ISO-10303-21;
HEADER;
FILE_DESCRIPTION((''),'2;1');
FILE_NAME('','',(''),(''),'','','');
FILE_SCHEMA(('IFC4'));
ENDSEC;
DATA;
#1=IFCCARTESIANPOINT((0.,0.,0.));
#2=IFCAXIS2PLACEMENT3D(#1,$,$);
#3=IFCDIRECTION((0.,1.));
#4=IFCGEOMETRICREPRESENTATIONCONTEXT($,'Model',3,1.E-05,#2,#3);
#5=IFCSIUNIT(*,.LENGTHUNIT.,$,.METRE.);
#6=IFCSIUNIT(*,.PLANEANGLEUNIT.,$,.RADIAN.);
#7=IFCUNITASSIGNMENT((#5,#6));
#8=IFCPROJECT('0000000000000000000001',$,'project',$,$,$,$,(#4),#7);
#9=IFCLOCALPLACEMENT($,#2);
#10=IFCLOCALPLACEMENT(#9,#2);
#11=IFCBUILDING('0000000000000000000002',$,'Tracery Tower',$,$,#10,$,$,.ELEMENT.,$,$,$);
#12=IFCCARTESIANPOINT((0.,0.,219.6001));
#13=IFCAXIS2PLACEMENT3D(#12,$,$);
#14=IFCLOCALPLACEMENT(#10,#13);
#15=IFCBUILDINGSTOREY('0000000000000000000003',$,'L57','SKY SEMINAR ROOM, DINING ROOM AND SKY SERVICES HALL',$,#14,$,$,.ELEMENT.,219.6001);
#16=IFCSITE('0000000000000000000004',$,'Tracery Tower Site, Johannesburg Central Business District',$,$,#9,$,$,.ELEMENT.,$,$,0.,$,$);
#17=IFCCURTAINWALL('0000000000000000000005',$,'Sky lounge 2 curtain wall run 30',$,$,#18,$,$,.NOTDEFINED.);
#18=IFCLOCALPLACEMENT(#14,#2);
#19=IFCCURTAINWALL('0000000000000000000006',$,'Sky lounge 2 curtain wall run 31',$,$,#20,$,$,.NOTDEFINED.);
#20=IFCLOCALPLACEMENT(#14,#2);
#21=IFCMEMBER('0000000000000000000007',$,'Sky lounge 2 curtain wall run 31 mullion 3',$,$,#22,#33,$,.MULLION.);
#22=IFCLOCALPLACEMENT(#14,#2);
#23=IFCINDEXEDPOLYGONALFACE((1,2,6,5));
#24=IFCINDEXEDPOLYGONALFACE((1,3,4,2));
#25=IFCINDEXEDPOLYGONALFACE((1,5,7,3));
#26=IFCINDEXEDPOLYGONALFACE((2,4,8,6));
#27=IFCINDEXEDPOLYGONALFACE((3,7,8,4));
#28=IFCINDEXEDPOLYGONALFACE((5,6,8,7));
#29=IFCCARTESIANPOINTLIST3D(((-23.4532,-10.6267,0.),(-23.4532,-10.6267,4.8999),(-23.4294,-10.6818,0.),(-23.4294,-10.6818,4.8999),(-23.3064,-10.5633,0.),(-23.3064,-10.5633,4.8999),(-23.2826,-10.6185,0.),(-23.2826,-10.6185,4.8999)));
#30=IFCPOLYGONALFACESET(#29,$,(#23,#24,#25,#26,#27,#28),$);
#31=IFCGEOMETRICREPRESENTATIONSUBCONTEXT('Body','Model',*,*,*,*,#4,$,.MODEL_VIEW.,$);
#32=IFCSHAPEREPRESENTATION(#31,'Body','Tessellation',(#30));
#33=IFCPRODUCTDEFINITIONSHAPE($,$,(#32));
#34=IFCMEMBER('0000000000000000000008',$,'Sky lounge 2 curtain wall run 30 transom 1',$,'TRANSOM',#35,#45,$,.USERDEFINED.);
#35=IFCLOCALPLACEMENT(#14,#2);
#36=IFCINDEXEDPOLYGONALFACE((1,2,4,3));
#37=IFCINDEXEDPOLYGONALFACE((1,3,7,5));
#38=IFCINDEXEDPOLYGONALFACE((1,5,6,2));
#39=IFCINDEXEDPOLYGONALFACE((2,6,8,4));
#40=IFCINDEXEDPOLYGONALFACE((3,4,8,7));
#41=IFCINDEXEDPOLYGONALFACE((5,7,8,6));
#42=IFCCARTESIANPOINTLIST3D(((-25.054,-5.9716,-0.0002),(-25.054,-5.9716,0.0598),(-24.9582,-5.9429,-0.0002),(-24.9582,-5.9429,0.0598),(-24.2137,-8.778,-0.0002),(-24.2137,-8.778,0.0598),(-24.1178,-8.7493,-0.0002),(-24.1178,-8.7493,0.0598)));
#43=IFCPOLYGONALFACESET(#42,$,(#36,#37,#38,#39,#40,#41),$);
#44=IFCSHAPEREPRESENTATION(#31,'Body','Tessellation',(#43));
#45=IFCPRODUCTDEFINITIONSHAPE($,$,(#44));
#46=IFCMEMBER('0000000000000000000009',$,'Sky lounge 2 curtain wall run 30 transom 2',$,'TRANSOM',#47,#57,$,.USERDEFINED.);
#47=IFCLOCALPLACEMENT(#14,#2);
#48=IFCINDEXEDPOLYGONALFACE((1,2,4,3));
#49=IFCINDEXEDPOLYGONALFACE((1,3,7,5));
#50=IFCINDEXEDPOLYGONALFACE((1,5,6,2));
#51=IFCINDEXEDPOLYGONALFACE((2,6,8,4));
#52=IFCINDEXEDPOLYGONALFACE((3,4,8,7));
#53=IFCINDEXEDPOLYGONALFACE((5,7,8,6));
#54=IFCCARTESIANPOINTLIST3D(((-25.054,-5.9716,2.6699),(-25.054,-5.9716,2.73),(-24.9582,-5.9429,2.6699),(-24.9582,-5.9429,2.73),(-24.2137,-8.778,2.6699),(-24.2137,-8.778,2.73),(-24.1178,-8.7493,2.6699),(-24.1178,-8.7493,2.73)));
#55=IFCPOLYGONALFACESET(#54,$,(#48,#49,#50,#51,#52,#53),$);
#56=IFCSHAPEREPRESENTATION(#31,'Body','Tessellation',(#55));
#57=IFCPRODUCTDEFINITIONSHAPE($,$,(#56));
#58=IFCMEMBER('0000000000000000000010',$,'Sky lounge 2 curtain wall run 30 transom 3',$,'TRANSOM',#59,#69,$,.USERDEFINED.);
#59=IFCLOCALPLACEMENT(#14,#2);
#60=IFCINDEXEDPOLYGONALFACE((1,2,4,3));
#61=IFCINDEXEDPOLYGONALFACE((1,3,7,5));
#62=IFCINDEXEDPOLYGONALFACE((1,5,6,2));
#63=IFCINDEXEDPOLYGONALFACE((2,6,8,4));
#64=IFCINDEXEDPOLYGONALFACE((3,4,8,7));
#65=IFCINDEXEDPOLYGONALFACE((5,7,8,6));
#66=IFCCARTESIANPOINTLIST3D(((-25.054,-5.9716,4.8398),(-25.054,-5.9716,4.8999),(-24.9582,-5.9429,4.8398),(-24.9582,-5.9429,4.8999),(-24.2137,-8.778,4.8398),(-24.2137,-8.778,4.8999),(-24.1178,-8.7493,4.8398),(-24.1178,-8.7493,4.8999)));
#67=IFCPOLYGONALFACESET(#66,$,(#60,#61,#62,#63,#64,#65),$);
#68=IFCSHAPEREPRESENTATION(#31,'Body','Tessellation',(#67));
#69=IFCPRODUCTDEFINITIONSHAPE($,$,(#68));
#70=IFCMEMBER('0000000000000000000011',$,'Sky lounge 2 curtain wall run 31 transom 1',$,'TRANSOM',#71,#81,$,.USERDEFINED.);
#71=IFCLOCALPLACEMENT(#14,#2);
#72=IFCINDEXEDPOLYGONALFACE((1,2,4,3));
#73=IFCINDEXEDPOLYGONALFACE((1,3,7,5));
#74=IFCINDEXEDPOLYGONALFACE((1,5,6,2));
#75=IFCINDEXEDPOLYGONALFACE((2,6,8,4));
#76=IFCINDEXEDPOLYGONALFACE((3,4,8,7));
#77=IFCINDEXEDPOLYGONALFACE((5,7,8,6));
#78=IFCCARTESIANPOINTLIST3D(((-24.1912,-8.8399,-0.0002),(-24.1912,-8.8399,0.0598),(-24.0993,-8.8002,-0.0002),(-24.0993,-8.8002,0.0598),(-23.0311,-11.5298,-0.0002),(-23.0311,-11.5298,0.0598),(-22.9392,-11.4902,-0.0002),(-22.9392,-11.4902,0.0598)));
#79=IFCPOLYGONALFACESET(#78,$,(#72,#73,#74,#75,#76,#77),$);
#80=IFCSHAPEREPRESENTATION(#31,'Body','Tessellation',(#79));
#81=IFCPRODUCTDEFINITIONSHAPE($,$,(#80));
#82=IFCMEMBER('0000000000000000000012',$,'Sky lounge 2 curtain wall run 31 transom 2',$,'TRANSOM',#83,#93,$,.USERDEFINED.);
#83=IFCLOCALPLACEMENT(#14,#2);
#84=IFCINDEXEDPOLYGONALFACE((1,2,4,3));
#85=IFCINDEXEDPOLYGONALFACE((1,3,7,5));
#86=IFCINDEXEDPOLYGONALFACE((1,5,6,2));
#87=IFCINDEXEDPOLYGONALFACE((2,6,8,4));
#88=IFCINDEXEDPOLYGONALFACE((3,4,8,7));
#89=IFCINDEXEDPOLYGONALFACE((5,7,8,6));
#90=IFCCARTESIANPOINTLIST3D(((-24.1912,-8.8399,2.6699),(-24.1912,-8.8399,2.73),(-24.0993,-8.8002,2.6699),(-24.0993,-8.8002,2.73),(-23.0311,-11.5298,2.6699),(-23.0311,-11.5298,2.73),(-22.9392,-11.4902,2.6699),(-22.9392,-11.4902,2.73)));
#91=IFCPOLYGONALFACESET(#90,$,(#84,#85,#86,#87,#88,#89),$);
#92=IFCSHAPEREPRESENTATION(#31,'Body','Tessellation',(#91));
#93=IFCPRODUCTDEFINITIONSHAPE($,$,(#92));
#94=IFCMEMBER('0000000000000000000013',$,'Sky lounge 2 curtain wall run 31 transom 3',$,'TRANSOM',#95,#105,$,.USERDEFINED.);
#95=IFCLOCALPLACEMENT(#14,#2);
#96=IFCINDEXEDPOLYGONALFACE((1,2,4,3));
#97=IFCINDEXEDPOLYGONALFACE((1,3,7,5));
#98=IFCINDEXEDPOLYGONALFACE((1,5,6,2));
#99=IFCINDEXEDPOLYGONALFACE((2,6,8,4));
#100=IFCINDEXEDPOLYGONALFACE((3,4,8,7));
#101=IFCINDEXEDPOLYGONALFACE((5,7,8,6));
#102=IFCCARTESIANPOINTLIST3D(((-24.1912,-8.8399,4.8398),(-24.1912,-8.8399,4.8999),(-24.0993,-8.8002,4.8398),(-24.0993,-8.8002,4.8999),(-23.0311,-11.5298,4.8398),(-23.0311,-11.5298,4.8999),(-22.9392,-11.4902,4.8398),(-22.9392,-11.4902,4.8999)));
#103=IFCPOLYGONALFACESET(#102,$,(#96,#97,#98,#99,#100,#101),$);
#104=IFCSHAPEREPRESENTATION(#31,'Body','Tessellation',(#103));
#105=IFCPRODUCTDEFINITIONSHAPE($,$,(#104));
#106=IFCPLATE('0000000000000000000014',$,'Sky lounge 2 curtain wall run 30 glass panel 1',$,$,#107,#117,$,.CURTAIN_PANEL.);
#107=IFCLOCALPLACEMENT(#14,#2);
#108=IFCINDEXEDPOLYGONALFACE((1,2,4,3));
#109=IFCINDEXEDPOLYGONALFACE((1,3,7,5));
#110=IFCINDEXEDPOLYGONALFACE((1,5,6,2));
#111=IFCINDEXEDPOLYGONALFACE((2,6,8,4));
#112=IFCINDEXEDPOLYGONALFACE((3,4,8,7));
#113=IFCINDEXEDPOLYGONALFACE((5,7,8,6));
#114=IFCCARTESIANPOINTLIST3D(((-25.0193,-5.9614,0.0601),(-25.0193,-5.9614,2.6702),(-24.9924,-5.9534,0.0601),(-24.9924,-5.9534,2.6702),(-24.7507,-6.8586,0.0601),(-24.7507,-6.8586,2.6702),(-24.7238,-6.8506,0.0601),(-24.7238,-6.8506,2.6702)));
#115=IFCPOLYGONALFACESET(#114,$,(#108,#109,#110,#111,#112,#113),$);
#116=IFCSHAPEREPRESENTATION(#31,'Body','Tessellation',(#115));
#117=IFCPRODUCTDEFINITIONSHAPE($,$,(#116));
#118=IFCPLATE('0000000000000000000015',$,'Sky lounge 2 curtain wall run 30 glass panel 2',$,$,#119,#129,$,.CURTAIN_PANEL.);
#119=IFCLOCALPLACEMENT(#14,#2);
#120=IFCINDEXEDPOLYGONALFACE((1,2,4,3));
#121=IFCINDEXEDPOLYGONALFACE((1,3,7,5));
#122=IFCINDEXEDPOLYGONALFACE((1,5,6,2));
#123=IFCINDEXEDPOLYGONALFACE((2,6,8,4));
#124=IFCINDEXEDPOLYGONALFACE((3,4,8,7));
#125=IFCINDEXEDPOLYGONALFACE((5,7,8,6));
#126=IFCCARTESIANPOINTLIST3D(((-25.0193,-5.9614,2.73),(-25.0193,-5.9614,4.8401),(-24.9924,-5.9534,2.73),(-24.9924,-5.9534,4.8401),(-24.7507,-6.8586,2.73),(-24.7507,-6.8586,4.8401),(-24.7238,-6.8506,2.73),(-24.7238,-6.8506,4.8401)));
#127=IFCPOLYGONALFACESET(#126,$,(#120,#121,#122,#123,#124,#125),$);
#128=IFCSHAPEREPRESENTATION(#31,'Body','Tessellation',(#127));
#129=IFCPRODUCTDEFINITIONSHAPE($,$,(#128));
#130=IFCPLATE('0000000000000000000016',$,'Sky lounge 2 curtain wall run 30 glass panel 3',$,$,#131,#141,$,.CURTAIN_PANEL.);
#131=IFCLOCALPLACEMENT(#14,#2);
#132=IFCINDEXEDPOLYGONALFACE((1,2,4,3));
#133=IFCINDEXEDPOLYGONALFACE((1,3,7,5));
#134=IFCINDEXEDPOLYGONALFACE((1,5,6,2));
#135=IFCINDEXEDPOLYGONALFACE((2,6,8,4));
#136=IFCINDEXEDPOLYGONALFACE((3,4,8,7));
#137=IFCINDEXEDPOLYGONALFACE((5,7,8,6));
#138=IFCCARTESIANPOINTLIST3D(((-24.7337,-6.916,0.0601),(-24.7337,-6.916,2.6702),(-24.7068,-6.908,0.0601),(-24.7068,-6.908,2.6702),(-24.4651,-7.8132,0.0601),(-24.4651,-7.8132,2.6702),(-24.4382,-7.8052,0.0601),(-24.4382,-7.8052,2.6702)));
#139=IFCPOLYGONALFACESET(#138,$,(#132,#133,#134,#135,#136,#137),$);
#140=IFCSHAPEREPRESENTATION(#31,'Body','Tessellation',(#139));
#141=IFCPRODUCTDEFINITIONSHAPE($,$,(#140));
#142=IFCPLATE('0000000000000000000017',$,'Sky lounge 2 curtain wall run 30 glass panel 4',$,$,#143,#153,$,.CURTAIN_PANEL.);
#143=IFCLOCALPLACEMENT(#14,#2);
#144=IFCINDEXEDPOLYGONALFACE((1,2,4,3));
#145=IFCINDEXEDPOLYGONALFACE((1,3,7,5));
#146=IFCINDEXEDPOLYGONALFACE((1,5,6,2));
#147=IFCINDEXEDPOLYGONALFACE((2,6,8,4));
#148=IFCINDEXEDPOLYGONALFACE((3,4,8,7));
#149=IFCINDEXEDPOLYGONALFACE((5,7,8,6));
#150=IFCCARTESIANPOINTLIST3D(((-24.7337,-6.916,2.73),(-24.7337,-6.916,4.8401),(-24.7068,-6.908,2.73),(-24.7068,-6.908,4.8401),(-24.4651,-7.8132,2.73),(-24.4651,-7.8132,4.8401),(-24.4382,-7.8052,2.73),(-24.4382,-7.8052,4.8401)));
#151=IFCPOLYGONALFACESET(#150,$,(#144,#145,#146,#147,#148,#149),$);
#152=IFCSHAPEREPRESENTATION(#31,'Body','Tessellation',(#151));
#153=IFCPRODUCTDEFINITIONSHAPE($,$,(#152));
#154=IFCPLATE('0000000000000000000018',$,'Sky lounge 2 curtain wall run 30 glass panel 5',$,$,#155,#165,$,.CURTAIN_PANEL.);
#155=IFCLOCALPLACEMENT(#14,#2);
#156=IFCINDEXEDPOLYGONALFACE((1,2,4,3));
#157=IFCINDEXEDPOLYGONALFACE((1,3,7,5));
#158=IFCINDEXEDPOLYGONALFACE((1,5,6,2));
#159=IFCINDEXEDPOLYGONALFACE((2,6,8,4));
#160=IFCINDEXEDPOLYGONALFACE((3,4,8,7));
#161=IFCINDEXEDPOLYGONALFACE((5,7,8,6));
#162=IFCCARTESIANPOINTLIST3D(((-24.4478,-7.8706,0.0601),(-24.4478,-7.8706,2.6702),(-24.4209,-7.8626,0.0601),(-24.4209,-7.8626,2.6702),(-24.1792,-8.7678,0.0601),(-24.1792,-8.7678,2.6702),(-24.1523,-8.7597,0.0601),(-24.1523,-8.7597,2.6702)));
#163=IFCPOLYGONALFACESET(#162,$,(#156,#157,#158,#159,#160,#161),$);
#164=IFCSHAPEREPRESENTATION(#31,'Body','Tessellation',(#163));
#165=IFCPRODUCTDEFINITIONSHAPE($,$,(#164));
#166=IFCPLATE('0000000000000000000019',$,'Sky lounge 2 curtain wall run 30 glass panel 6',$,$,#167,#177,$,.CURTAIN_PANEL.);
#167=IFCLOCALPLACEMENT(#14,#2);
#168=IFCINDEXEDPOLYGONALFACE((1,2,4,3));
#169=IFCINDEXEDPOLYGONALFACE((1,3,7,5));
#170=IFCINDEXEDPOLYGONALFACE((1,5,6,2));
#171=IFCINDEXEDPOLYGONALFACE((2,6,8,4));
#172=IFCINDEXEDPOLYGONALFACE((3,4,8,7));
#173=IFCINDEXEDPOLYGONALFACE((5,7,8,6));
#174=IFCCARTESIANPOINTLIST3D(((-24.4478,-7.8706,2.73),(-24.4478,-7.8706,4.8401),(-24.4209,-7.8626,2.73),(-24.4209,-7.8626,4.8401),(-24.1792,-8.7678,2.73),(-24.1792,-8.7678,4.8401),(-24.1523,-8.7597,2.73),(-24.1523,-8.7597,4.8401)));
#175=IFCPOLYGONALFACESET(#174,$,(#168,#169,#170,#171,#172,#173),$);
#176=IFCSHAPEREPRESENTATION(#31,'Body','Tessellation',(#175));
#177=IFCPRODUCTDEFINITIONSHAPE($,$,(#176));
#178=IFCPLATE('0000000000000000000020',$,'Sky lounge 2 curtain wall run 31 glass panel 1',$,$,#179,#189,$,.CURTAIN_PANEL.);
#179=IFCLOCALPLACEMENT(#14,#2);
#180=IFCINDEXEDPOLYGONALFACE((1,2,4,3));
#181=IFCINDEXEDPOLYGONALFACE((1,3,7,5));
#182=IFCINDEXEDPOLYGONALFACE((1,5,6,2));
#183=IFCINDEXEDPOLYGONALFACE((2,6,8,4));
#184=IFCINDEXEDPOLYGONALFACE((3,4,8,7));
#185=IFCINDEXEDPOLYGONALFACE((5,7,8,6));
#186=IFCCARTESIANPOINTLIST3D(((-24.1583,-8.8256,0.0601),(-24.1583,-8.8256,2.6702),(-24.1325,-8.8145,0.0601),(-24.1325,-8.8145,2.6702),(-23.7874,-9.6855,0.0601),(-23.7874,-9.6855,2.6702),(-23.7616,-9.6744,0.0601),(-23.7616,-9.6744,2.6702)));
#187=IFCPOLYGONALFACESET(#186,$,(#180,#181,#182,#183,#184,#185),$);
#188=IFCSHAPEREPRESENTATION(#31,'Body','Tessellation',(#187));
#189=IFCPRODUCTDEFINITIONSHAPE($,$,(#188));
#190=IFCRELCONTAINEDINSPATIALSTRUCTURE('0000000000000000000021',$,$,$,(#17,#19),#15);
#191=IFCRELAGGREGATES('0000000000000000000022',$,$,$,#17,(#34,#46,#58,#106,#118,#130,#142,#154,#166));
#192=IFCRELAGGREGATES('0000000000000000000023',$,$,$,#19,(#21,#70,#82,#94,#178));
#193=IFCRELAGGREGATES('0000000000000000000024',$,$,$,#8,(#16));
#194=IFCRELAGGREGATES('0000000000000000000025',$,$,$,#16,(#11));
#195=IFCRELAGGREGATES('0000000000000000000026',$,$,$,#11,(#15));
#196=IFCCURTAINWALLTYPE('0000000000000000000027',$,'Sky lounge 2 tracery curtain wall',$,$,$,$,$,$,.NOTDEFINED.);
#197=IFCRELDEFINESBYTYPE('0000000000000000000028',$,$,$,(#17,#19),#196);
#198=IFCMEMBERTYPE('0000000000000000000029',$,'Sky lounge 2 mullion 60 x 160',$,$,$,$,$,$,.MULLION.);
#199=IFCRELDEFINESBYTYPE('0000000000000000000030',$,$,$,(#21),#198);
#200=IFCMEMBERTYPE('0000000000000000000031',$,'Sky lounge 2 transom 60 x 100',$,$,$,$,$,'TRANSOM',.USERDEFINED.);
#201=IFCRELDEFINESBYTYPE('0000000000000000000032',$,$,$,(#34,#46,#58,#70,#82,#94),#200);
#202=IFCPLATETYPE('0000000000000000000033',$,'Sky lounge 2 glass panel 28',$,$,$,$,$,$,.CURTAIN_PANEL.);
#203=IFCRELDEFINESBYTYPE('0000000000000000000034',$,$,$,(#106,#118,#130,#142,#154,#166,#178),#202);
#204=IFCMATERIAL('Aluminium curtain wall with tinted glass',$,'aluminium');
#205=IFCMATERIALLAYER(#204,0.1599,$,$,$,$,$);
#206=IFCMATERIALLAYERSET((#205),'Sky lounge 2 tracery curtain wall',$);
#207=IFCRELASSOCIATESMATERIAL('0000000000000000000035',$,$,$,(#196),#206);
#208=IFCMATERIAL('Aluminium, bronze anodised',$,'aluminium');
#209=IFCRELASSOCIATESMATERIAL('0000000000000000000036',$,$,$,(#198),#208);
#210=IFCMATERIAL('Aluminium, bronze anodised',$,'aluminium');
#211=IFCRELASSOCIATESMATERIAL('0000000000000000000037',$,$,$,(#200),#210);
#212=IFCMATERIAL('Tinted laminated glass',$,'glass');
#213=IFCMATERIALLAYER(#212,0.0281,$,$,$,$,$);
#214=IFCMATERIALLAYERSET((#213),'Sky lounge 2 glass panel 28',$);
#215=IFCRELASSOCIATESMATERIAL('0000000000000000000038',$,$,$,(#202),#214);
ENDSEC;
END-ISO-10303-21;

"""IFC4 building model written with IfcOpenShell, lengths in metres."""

from ifc_helpers import new_model, si_unit, direction, frame, origin, origin_2d, place, context, subcontext, project, spatial, rectangle, extrude, material, layer, layer_set, material_profile, profile_set, type_object, element, aggregate, save


model = new_model("IFC4")

# Units and contexts
model_context = context("Model", 3, precision=1e-05, world=origin(), true_north=direction((0.0, 1.0)))
body_context = subcontext(model_context, "Body", "Model", "MODEL_VIEW")
ifc_project = project(units=[si_unit("LENGTHUNIT", "METRE"), si_unit("PLANEANGLEUNIT", "RADIAN")], contexts=[model_context])

# Site, building, storey
site_placement = place(None, origin())
site = spatial("IfcSite", under=ifc_project, at=site_placement, Name="Tracery Tower Site, Johannesburg Central Business District", CompositionType="ELEMENT", RefElevation=0.0)
building_placement = place(site_placement, origin())
building = spatial("IfcBuilding", under=site, at=building_placement, Name="Tracery Tower", CompositionType="ELEMENT")
storey_placement = place(building_placement, frame((0.0, 0.0, 219.6001)))
storey = spatial("IfcBuildingStorey", under=building, at=storey_placement, Name="L57", Description="SKY SEMINAR ROOM, DINING ROOM AND SKY SERVICES HALL", CompositionType="ELEMENT", Elevation=219.6001)

# Curtain walls, member
ifc_material_1 = material(Name="Aluminium curtain wall with tinted glass", Category="aluminium")
ifc_layer_1 = layer(ifc_material_1, 0.1599)
ifc_layer_set_1 = layer_set([ifc_layer_1], Name="Sky lounge 2 tracery curtain wall")
curtain_wall_type = type_object("IfcCurtainWallType", Name="Sky lounge 2 tracery curtain wall", PredefinedType="NOTDEFINED", material=ifc_layer_set_1)
curtain_wall_1_placement = place(storey_placement, origin())
curtain_wall_1 = element("IfcCurtainWall", 1, at=curtain_wall_1_placement, inside=storey, type_object=curtain_wall_type, Name="Sky lounge 2 curtain wall run 30", PredefinedType="NOTDEFINED")
ifc_material_2 = material(Name="Aluminium, bronze anodised", Category="aluminium")
ifc_material_profile_1 = material_profile(ifc_material_2, rectangle(XDim=0.1599, YDim=0.0601, at=origin_2d()), Name="AL 60x160")
ifc_profile_set_1 = profile_set([ifc_material_profile_1], Name="Aluminium, bronze anodised")
member_type_1 = type_object("IfcMemberType", Name="Sky lounge 2 mullion 60 x 160", PredefinedType="MULLION", material=ifc_profile_set_1)
curtain_wall_2_placement = place(storey_placement, origin())
curtain_wall_2 = element("IfcCurtainWall", 2, at=curtain_wall_2_placement, inside=storey, type_object=curtain_wall_type, Name="Sky lounge 2 curtain wall run 31", PredefinedType="NOTDEFINED")
member_1_placement = place(storey_placement, frame((-23.3679, -10.6226, 0.0), z_axis=(0.0, 0.0, 1.0), x_axis=(0.918216, 0.39608, 0.0)))
member_1 = element("IfcMember", 3, at=member_1_placement, type_object=member_type_1, Name="Sky lounge 2 curtain wall run 31 mullion 3", PredefinedType="MULLION", context=body_context, shape_type="SweptSolid", body=[
    extrude(rectangle(XDim=0.1599, YDim=0.0601, at=origin_2d()), origin(), (0.0, 0.0, 1.0), 4.8999),
])

# Members
ifc_material_3 = material(Name="Aluminium, bronze anodised", Category="aluminium")
ifc_material_profile_2 = material_profile(ifc_material_3, rectangle(XDim=0.1001, YDim=0.0601, at=origin_2d()), Name="AL 60x100")
ifc_profile_set_2 = profile_set([ifc_material_profile_2], Name="Aluminium, bronze anodised")
member_type_2 = type_object("IfcMemberType", Name="Sky lounge 2 transom 60 x 100", ElementType="TRANSOM", PredefinedType="USERDEFINED", material=ifc_profile_set_2)
member_2_placement = place(storey_placement, frame((-25.0061, -5.9573, 0.0298), z_axis=(0.286851, -0.957975, 0.0), x_axis=(0.957975, 0.286851, 0.0)))
member_2 = element("IfcMember", 4, at=member_2_placement, type_object=member_type_2, Name="Sky lounge 2 curtain wall run 30 transom 1", ObjectType="TRANSOM", PredefinedType="USERDEFINED", context=body_context, shape_type="SweptSolid", body=[
    extrude(rectangle(XDim=0.1001, YDim=0.0601, at=origin_2d()), origin(), (0.0, 0.0, 1.0), 2.9294),
])
member_3_placement = place(storey_placement, frame((-25.0061, -5.9573, 2.7), z_axis=(0.286851, -0.957975, 0.0), x_axis=(0.957975, 0.286851, 0.0)))
member_3 = element("IfcMember", 5, at=member_3_placement, type_object=member_type_2, Name="Sky lounge 2 curtain wall run 30 transom 2", ObjectType="TRANSOM", PredefinedType="USERDEFINED", context=body_context, shape_type="SweptSolid", body=[
    extrude(rectangle(XDim=0.1001, YDim=0.0601, at=origin_2d()), origin(), (0.0, 0.0, 1.0), 2.9294),
])
member_4_placement = place(storey_placement, frame((-25.0061, -5.9573, 4.8699), z_axis=(0.286851, -0.957975, 0.0), x_axis=(0.957975, 0.286851, 0.0)))
member_4 = element("IfcMember", 6, at=member_4_placement, type_object=member_type_2, Name="Sky lounge 2 curtain wall run 30 transom 3", ObjectType="TRANSOM", PredefinedType="USERDEFINED", context=body_context, shape_type="SweptSolid", body=[
    extrude(rectangle(XDim=0.1001, YDim=0.0601, at=origin_2d()), origin(), (0.0, 0.0, 1.0), 2.9294),
])
member_5_placement = place(storey_placement, frame((-24.1453, -8.8201, 0.0298), z_axis=(0.39603, -0.918237, 0.0), x_axis=(0.918237, 0.39603, 0.0)))
member_5 = element("IfcMember", 7, at=member_5_placement, type_object=member_type_2, Name="Sky lounge 2 curtain wall run 31 transom 1", ObjectType="TRANSOM", PredefinedType="USERDEFINED", context=body_context, shape_type="SweptSolid", body=[
    extrude(rectangle(XDim=0.1001, YDim=0.0601, at=origin_2d()), origin(), (0.0, 0.0, 1.0), 2.9294),
])
member_6_placement = place(storey_placement, frame((-24.1453, -8.8201, 2.7), z_axis=(0.39603, -0.918237, 0.0), x_axis=(0.918237, 0.39603, 0.0)))
member_6 = element("IfcMember", 8, at=member_6_placement, type_object=member_type_2, Name="Sky lounge 2 curtain wall run 31 transom 2", ObjectType="TRANSOM", PredefinedType="USERDEFINED", context=body_context, shape_type="SweptSolid", body=[
    extrude(rectangle(XDim=0.1001, YDim=0.0601, at=origin_2d()), origin(), (0.0, 0.0, 1.0), 2.9294),
])
member_7_placement = place(storey_placement, frame((-24.1453, -8.8201, 4.8699), z_axis=(0.39603, -0.918237, 0.0), x_axis=(0.918237, 0.39603, 0.0)))
member_7 = element("IfcMember", 9, at=member_7_placement, type_object=member_type_2, Name="Sky lounge 2 curtain wall run 31 transom 3", ObjectType="TRANSOM", PredefinedType="USERDEFINED", context=body_context, shape_type="SweptSolid", body=[
    extrude(rectangle(XDim=0.1001, YDim=0.0601, at=origin_2d()), origin(), (0.0, 0.0, 1.0), 2.9294),
])

# Plates
ifc_material_4 = material(Name="Tinted laminated glass", Category="glass")
ifc_layer_2 = layer(ifc_material_4, 0.0281)
ifc_layer_set_2 = layer_set([ifc_layer_2], Name="Sky lounge 2 glass panel 28")
plate_type = type_object("IfcPlateType", Name="Sky lounge 2 glass panel 28", PredefinedType="CURTAIN_PANEL", material=ifc_layer_set_2)
plate_1_placement = place(storey_placement, frame((-24.8716, -6.406, 0.0601), z_axis=(0.0, 0.0, 1.0), x_axis=(0.286803, -0.95799, 0.0)))
plate_1 = element("IfcPlate", 10, at=plate_1_placement, type_object=plate_type, Name="Sky lounge 2 curtain wall run 30 glass panel 1", PredefinedType="CURTAIN_PANEL", context=body_context, shape_type="SweptSolid", body=[
    extrude(rectangle(XDim=0.9365, YDim=0.0281, at=origin_2d()), origin(), (0.0, 0.0, 1.0), 2.6101),
])
plate_2_placement = place(storey_placement, frame((-24.8716, -6.406, 2.73), z_axis=(0.0, 0.0, 1.0), x_axis=(0.286803, -0.95799, 0.0)))
plate_2 = element("IfcPlate", 11, at=plate_2_placement, type_object=plate_type, Name="Sky lounge 2 curtain wall run 30 glass panel 2", PredefinedType="CURTAIN_PANEL", context=body_context, shape_type="SweptSolid", body=[
    extrude(rectangle(XDim=0.9365, YDim=0.0281, at=origin_2d()), origin(), (0.0, 0.0, 1.0), 2.1101),
])
plate_3_placement = place(storey_placement, frame((-24.5859, -7.3606, 0.0601), z_axis=(0.0, 0.0, 1.0), x_axis=(0.286803, -0.95799, 0.0)))
plate_3 = element("IfcPlate", 12, at=plate_3_placement, type_object=plate_type, Name="Sky lounge 2 curtain wall run 30 glass panel 3", PredefinedType="CURTAIN_PANEL", context=body_context, shape_type="SweptSolid", body=[
    extrude(rectangle(XDim=0.9365, YDim=0.0281, at=origin_2d()), origin(), (0.0, 0.0, 1.0), 2.6101),
])
plate_4_placement = place(storey_placement, frame((-24.5859, -7.3606, 2.73), z_axis=(0.0, 0.0, 1.0), x_axis=(0.286803, -0.95799, 0.0)))
plate_4 = element("IfcPlate", 13, at=plate_4_placement, type_object=plate_type, Name="Sky lounge 2 curtain wall run 30 glass panel 4", PredefinedType="CURTAIN_PANEL", context=body_context, shape_type="SweptSolid", body=[
    extrude(rectangle(XDim=0.9365, YDim=0.0281, at=origin_2d()), origin(), (0.0, 0.0, 1.0), 2.1101),
])
plate_5_placement = place(storey_placement, frame((-24.3, -8.3152, 0.0601), z_axis=(0.0, 0.0, 1.0), x_axis=(0.286803, -0.95799, 0.0)))
plate_5 = element("IfcPlate", 14, at=plate_5_placement, type_object=plate_type, Name="Sky lounge 2 curtain wall run 30 glass panel 5", PredefinedType="CURTAIN_PANEL", context=body_context, shape_type="SweptSolid", body=[
    extrude(rectangle(XDim=0.9365, YDim=0.0281, at=origin_2d()), origin(), (0.0, 0.0, 1.0), 2.6101),
])
plate_6_placement = place(storey_placement, frame((-24.3, -8.3152, 2.73), z_axis=(0.0, 0.0, 1.0), x_axis=(0.286803, -0.95799, 0.0)))
plate_6 = element("IfcPlate", 15, at=plate_6_placement, type_object=plate_type, Name="Sky lounge 2 curtain wall run 30 glass panel 6", PredefinedType="CURTAIN_PANEL", context=body_context, shape_type="SweptSolid", body=[
    extrude(rectangle(XDim=0.9365, YDim=0.0281, at=origin_2d()), origin(), (0.0, 0.0, 1.0), 2.1101),
])
aggregate(curtain_wall_1, [member_2, member_3, member_4, plate_1, plate_2, plate_3, plate_4, plate_5, plate_6])
plate_7_placement = place(storey_placement, frame((-23.96, -9.25, 0.0601), z_axis=(0.0, 0.0, 1.0), x_axis=(0.39608, -0.918216, 0.0)))
plate_7 = element("IfcPlate", 16, at=plate_7_placement, type_object=plate_type, Name="Sky lounge 2 curtain wall run 31 glass panel 1", PredefinedType="CURTAIN_PANEL", context=body_context, shape_type="SweptSolid", body=[
    extrude(rectangle(XDim=0.9365, YDim=0.0281, at=origin_2d()), origin(), (0.0, 0.0, 1.0), 2.6101),
])
aggregate(curtain_wall_2, [member_1, member_5, member_6, member_7, plate_7])

save(model, "model.ifc")
